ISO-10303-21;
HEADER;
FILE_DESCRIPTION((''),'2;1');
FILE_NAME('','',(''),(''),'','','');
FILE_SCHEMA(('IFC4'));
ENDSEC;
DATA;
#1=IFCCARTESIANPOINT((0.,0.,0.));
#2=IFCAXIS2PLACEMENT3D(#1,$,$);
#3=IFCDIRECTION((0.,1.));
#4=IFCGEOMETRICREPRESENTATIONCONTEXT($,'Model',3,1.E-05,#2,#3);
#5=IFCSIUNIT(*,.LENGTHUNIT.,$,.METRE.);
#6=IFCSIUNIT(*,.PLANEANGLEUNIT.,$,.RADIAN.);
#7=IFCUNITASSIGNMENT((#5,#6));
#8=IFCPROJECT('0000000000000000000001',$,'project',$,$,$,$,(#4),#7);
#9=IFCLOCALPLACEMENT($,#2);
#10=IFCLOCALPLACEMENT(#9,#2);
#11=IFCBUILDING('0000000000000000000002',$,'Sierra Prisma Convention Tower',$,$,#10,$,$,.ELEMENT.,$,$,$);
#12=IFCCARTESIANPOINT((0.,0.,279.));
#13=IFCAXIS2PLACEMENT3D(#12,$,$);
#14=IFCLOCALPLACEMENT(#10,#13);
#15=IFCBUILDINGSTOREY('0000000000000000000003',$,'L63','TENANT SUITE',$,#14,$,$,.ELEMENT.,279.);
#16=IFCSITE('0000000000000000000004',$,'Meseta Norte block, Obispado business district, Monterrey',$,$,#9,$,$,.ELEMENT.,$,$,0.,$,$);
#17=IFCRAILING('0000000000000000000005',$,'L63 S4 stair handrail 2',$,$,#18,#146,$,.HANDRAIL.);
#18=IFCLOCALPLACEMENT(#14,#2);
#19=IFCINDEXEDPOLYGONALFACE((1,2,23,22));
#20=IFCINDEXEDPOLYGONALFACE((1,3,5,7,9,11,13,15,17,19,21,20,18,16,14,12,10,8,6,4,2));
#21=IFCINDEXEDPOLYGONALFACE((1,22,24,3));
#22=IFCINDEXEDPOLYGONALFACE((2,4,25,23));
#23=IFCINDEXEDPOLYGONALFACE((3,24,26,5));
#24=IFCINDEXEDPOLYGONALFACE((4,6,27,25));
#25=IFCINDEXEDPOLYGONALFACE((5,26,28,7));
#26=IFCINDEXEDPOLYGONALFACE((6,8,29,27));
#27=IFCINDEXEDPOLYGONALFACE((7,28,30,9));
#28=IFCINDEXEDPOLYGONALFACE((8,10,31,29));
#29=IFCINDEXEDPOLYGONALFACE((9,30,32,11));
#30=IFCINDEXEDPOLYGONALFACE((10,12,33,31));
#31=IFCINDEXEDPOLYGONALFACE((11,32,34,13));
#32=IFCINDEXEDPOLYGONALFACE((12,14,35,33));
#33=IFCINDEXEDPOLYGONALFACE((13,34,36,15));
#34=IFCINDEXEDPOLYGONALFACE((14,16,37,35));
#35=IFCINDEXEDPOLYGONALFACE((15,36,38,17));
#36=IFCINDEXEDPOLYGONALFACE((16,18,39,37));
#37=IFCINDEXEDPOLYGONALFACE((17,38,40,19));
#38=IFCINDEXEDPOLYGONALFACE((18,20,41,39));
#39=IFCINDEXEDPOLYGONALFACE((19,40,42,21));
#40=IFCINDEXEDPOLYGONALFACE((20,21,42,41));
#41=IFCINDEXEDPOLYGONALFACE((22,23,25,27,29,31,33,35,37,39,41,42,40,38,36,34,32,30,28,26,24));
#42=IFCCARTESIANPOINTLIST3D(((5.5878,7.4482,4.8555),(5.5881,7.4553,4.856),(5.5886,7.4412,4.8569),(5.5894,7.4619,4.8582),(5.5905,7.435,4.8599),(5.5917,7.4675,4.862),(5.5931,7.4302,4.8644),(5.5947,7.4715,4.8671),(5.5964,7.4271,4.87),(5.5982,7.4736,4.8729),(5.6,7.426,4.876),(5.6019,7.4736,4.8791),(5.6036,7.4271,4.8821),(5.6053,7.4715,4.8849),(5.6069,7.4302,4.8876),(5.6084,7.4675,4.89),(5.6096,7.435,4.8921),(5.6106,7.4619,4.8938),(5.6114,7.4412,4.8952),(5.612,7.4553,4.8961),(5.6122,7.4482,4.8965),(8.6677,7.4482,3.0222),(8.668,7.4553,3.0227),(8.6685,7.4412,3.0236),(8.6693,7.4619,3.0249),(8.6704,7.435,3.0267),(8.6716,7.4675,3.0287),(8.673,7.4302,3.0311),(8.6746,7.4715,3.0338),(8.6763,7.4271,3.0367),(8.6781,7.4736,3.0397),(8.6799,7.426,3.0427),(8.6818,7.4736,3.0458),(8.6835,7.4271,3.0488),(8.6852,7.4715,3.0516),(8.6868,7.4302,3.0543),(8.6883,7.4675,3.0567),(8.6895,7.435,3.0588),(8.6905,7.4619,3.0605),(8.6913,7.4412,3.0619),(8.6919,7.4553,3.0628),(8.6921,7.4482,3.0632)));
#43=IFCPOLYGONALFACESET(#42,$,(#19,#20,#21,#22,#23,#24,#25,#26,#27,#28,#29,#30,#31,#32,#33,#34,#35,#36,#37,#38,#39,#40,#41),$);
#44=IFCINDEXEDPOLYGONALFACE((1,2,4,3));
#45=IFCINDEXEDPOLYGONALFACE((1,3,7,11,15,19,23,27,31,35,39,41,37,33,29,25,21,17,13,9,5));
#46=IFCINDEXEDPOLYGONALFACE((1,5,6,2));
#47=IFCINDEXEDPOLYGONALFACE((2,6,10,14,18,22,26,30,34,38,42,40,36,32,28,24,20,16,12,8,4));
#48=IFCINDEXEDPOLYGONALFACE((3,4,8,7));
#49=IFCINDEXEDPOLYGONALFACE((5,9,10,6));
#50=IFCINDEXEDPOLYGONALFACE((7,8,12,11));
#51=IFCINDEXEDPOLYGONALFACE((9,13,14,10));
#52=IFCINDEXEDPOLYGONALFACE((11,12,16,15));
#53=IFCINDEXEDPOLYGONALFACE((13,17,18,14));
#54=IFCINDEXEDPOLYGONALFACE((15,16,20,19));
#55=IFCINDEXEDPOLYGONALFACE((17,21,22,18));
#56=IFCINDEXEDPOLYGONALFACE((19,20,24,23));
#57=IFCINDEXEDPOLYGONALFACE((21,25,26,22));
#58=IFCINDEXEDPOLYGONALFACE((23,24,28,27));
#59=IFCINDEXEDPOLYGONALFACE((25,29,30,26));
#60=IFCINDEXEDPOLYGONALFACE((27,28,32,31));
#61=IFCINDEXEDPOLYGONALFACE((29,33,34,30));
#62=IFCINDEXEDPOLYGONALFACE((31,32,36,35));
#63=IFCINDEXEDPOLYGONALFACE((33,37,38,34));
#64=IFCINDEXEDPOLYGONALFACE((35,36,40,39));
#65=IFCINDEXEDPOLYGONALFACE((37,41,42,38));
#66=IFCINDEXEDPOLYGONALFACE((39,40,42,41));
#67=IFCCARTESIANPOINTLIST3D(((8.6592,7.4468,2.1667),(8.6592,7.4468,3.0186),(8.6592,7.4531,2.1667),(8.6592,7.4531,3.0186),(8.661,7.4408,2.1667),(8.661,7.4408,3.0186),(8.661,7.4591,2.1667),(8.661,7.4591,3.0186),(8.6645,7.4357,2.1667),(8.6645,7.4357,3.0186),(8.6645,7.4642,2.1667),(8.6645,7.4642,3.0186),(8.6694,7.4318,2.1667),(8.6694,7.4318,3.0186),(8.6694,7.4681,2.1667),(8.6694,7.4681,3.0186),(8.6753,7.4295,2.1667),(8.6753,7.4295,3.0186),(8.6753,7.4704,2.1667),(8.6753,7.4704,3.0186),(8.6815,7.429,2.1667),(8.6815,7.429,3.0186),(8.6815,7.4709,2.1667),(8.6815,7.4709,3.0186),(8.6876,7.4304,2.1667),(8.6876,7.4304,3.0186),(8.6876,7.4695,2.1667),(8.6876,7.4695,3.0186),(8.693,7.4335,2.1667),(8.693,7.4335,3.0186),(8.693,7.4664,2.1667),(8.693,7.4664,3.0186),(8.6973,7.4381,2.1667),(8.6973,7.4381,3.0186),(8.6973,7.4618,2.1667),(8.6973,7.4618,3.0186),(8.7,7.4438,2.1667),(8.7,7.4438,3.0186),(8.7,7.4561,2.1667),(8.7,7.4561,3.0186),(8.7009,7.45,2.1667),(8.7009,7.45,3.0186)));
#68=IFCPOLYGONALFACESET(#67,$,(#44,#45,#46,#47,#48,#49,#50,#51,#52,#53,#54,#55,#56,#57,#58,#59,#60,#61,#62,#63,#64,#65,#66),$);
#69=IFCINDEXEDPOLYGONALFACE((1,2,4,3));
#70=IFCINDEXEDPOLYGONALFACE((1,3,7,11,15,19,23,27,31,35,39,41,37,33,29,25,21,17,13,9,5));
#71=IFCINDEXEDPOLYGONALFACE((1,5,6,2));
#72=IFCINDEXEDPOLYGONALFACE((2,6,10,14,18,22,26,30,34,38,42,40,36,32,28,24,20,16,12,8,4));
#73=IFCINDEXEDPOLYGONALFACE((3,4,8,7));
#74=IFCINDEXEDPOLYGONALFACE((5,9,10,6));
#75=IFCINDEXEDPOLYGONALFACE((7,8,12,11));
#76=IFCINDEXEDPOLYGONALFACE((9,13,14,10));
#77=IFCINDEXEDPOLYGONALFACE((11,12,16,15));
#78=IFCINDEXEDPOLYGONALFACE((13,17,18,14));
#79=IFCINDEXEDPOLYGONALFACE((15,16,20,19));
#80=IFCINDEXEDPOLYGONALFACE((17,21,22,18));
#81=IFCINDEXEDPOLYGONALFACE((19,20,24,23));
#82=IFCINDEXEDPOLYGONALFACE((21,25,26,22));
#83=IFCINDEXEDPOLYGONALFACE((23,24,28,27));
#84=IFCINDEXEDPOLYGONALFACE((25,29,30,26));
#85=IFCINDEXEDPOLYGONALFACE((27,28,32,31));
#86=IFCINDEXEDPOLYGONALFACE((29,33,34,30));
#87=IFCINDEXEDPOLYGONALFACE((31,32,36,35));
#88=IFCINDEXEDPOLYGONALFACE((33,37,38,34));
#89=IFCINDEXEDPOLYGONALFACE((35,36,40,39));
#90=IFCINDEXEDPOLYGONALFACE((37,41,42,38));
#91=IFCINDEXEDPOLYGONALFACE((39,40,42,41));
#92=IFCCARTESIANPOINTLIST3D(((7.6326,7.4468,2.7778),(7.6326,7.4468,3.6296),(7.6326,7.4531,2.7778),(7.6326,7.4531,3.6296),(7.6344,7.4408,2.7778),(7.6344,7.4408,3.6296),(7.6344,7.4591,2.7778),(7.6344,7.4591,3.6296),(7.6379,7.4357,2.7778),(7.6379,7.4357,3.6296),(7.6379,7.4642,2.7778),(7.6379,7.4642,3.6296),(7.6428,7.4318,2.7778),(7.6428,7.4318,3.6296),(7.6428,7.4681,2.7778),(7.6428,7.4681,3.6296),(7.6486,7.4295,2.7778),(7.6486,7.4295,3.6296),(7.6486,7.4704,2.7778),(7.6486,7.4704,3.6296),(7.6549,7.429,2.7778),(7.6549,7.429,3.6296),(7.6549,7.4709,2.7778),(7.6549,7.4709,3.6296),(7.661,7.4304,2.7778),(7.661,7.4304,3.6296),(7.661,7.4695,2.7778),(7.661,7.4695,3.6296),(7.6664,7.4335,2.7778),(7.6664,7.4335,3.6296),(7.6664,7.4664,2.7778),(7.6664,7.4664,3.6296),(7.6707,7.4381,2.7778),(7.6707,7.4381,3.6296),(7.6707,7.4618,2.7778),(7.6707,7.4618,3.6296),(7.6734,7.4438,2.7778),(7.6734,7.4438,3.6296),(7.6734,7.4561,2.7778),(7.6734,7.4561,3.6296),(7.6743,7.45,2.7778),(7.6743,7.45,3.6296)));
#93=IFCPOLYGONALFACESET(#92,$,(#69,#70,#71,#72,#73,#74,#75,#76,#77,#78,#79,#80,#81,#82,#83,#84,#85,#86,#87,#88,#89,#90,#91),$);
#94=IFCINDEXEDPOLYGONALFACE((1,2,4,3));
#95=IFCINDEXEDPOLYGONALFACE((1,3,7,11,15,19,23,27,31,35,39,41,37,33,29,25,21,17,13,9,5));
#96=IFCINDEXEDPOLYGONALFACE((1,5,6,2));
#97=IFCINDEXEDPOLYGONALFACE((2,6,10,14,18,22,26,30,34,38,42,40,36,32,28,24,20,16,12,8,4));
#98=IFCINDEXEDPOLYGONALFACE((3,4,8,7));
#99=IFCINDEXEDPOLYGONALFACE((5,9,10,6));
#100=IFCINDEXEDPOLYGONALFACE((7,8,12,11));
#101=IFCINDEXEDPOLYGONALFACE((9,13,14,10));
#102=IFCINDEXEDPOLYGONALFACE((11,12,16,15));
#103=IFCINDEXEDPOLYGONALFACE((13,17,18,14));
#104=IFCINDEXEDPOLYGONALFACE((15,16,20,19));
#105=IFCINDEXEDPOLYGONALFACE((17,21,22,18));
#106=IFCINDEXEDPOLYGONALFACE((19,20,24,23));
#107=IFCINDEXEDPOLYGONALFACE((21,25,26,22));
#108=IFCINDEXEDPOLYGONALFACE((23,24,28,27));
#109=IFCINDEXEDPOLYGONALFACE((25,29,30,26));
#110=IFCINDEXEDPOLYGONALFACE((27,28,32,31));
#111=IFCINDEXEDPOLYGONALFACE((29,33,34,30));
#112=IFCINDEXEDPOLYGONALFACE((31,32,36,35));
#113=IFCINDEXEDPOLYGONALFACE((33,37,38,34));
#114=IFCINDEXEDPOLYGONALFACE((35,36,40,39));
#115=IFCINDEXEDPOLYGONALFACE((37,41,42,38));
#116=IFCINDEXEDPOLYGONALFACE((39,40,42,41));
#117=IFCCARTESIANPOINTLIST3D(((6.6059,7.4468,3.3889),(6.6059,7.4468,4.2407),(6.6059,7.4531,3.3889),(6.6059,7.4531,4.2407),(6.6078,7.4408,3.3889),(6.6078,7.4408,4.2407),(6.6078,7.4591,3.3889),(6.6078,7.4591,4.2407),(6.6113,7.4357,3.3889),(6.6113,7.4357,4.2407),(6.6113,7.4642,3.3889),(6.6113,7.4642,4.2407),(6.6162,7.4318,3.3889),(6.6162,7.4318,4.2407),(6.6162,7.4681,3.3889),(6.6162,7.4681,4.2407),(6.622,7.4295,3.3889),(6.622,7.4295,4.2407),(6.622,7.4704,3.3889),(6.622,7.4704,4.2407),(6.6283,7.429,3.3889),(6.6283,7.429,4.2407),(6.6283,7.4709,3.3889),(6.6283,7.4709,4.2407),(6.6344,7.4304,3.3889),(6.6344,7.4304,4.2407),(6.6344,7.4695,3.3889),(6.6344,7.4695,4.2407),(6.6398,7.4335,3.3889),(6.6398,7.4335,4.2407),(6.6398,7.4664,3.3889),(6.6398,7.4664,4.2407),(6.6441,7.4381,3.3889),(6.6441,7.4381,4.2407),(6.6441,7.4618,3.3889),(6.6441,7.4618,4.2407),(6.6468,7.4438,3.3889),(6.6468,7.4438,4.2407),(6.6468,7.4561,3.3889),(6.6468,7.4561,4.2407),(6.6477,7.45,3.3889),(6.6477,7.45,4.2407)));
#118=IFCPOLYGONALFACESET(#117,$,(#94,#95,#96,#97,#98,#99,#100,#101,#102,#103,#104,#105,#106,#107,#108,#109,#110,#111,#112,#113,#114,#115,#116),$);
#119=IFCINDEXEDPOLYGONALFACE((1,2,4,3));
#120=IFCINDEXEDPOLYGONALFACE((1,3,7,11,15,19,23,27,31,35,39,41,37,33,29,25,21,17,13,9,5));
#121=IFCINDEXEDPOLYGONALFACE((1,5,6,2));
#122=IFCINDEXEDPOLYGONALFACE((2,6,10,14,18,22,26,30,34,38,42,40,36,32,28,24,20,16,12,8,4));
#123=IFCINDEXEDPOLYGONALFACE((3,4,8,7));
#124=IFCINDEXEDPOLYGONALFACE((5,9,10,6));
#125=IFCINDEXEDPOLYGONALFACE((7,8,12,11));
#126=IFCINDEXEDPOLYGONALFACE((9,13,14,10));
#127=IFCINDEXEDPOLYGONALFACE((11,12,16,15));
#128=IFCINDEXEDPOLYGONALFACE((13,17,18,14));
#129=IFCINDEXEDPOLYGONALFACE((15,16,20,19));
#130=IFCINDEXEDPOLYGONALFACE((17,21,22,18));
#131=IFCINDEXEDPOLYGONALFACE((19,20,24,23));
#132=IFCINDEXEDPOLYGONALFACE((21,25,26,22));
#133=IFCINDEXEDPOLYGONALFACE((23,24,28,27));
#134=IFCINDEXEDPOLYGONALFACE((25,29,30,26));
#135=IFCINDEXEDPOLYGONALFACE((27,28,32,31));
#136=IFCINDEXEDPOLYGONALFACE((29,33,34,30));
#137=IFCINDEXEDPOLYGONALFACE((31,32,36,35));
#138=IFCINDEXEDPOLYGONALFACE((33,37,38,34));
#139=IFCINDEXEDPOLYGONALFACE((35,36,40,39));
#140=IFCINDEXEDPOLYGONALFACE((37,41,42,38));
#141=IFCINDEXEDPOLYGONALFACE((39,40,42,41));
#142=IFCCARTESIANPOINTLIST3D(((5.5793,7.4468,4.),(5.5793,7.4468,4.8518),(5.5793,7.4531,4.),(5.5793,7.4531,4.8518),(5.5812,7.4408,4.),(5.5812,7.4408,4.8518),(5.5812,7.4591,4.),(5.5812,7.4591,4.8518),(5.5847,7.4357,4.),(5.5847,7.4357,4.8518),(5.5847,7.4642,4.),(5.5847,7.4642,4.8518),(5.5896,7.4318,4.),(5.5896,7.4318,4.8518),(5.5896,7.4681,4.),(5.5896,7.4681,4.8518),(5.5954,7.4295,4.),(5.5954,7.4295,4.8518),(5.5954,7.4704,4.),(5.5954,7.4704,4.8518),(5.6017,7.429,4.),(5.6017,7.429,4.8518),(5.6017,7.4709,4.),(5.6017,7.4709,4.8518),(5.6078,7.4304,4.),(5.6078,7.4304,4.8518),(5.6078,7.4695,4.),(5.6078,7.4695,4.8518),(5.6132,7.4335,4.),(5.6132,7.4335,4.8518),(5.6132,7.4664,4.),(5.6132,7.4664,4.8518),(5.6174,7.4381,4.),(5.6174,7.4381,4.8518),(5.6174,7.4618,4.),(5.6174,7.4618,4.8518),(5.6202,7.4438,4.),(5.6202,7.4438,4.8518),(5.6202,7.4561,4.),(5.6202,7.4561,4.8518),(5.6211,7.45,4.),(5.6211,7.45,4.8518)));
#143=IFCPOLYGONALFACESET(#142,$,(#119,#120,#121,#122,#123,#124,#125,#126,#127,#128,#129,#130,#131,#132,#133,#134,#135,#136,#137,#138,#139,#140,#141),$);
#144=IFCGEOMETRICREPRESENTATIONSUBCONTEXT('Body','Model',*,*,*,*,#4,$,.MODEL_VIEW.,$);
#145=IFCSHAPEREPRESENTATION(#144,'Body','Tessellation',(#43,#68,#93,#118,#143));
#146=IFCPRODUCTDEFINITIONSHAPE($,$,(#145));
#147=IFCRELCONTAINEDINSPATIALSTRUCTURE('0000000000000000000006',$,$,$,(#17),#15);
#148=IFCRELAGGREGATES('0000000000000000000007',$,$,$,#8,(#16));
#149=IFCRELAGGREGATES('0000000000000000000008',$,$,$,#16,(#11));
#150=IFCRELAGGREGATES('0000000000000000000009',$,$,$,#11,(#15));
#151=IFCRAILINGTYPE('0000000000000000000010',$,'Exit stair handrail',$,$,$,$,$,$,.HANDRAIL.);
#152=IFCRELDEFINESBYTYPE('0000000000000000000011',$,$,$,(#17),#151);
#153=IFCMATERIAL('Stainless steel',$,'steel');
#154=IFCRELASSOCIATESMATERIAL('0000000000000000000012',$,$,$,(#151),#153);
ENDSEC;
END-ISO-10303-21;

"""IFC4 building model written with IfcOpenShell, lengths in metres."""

from ifc_helpers import new_model, si_unit, direction, frame, origin, origin_2d, place, context, subcontext, project, spatial, circle, extrude, material, type_object, element, save


model = new_model("IFC4")

# Units and contexts
model_context = context("Model", 3, precision=1e-05, world=origin(), true_north=direction((0.0, 1.0)))
body_context = subcontext(model_context, "Body", "Model", "MODEL_VIEW")
ifc_project = project(units=[si_unit("LENGTHUNIT", "METRE"), si_unit("PLANEANGLEUNIT", "RADIAN")], contexts=[model_context])

# Site, building, storey
site_placement = place(None, origin())
site = spatial("IfcSite", under=ifc_project, at=site_placement, Name="Meseta Norte block, Obispado business district, Monterrey", CompositionType="ELEMENT", RefElevation=0.0)
building_placement = place(site_placement, origin())
building = spatial("IfcBuilding", under=site, at=building_placement, Name="Sierra Prisma Convention Tower", CompositionType="ELEMENT")
storey_placement = place(building_placement, frame((0.0, 0.0, 279.0)))
storey = spatial("IfcBuildingStorey", under=building, at=storey_placement, Name="L63", Description="TENANT SUITE", CompositionType="ELEMENT", Elevation=279.0)

# Railing
ifc_material_1 = material(Name="Stainless steel", Category="steel")
railing_type_1 = type_object("IfcRailingType", Name="Exit stair handrail", PredefinedType="HANDRAIL", material=ifc_material_1)
railing_1_placement = place(storey_placement, frame((8.6799, 7.45, 2.1667)))
element("IfcRailing", 1, at=railing_1_placement, inside=storey, type_object=railing_type_1, Name="L63 S4 stair handrail 2", PredefinedType="HANDRAIL", context=body_context, shape_type="SweptSolid", body=[
    extrude(circle(Radius=0.0239, at=origin_2d()), frame((0.0, 0.0, 0.876), z_axis=(-0.859291, 0.0, 0.511487), x_axis=(0.0, -1.0, 0.0)), (0.0, 0.0, 1.0), 3.5842),
    extrude(circle(Radius=0.021, at=origin_2d()), origin(), (0.0, 0.0, 1.0), 0.8518),
    extrude(circle(Radius=0.021, at=origin_2d()), frame((-1.0266, 0.0, 0.6111)), (0.0, 0.0, 1.0), 0.8518),
    extrude(circle(Radius=0.021, at=origin_2d()), frame((-2.0532, 0.0, 1.2222)), (0.0, 0.0, 1.0), 0.8518),
    extrude(circle(Radius=0.021, at=origin_2d()), frame((-3.0798, 0.0, 1.8333)), (0.0, 0.0, 1.0), 0.8518),
])

save(model, "model.ifc")
